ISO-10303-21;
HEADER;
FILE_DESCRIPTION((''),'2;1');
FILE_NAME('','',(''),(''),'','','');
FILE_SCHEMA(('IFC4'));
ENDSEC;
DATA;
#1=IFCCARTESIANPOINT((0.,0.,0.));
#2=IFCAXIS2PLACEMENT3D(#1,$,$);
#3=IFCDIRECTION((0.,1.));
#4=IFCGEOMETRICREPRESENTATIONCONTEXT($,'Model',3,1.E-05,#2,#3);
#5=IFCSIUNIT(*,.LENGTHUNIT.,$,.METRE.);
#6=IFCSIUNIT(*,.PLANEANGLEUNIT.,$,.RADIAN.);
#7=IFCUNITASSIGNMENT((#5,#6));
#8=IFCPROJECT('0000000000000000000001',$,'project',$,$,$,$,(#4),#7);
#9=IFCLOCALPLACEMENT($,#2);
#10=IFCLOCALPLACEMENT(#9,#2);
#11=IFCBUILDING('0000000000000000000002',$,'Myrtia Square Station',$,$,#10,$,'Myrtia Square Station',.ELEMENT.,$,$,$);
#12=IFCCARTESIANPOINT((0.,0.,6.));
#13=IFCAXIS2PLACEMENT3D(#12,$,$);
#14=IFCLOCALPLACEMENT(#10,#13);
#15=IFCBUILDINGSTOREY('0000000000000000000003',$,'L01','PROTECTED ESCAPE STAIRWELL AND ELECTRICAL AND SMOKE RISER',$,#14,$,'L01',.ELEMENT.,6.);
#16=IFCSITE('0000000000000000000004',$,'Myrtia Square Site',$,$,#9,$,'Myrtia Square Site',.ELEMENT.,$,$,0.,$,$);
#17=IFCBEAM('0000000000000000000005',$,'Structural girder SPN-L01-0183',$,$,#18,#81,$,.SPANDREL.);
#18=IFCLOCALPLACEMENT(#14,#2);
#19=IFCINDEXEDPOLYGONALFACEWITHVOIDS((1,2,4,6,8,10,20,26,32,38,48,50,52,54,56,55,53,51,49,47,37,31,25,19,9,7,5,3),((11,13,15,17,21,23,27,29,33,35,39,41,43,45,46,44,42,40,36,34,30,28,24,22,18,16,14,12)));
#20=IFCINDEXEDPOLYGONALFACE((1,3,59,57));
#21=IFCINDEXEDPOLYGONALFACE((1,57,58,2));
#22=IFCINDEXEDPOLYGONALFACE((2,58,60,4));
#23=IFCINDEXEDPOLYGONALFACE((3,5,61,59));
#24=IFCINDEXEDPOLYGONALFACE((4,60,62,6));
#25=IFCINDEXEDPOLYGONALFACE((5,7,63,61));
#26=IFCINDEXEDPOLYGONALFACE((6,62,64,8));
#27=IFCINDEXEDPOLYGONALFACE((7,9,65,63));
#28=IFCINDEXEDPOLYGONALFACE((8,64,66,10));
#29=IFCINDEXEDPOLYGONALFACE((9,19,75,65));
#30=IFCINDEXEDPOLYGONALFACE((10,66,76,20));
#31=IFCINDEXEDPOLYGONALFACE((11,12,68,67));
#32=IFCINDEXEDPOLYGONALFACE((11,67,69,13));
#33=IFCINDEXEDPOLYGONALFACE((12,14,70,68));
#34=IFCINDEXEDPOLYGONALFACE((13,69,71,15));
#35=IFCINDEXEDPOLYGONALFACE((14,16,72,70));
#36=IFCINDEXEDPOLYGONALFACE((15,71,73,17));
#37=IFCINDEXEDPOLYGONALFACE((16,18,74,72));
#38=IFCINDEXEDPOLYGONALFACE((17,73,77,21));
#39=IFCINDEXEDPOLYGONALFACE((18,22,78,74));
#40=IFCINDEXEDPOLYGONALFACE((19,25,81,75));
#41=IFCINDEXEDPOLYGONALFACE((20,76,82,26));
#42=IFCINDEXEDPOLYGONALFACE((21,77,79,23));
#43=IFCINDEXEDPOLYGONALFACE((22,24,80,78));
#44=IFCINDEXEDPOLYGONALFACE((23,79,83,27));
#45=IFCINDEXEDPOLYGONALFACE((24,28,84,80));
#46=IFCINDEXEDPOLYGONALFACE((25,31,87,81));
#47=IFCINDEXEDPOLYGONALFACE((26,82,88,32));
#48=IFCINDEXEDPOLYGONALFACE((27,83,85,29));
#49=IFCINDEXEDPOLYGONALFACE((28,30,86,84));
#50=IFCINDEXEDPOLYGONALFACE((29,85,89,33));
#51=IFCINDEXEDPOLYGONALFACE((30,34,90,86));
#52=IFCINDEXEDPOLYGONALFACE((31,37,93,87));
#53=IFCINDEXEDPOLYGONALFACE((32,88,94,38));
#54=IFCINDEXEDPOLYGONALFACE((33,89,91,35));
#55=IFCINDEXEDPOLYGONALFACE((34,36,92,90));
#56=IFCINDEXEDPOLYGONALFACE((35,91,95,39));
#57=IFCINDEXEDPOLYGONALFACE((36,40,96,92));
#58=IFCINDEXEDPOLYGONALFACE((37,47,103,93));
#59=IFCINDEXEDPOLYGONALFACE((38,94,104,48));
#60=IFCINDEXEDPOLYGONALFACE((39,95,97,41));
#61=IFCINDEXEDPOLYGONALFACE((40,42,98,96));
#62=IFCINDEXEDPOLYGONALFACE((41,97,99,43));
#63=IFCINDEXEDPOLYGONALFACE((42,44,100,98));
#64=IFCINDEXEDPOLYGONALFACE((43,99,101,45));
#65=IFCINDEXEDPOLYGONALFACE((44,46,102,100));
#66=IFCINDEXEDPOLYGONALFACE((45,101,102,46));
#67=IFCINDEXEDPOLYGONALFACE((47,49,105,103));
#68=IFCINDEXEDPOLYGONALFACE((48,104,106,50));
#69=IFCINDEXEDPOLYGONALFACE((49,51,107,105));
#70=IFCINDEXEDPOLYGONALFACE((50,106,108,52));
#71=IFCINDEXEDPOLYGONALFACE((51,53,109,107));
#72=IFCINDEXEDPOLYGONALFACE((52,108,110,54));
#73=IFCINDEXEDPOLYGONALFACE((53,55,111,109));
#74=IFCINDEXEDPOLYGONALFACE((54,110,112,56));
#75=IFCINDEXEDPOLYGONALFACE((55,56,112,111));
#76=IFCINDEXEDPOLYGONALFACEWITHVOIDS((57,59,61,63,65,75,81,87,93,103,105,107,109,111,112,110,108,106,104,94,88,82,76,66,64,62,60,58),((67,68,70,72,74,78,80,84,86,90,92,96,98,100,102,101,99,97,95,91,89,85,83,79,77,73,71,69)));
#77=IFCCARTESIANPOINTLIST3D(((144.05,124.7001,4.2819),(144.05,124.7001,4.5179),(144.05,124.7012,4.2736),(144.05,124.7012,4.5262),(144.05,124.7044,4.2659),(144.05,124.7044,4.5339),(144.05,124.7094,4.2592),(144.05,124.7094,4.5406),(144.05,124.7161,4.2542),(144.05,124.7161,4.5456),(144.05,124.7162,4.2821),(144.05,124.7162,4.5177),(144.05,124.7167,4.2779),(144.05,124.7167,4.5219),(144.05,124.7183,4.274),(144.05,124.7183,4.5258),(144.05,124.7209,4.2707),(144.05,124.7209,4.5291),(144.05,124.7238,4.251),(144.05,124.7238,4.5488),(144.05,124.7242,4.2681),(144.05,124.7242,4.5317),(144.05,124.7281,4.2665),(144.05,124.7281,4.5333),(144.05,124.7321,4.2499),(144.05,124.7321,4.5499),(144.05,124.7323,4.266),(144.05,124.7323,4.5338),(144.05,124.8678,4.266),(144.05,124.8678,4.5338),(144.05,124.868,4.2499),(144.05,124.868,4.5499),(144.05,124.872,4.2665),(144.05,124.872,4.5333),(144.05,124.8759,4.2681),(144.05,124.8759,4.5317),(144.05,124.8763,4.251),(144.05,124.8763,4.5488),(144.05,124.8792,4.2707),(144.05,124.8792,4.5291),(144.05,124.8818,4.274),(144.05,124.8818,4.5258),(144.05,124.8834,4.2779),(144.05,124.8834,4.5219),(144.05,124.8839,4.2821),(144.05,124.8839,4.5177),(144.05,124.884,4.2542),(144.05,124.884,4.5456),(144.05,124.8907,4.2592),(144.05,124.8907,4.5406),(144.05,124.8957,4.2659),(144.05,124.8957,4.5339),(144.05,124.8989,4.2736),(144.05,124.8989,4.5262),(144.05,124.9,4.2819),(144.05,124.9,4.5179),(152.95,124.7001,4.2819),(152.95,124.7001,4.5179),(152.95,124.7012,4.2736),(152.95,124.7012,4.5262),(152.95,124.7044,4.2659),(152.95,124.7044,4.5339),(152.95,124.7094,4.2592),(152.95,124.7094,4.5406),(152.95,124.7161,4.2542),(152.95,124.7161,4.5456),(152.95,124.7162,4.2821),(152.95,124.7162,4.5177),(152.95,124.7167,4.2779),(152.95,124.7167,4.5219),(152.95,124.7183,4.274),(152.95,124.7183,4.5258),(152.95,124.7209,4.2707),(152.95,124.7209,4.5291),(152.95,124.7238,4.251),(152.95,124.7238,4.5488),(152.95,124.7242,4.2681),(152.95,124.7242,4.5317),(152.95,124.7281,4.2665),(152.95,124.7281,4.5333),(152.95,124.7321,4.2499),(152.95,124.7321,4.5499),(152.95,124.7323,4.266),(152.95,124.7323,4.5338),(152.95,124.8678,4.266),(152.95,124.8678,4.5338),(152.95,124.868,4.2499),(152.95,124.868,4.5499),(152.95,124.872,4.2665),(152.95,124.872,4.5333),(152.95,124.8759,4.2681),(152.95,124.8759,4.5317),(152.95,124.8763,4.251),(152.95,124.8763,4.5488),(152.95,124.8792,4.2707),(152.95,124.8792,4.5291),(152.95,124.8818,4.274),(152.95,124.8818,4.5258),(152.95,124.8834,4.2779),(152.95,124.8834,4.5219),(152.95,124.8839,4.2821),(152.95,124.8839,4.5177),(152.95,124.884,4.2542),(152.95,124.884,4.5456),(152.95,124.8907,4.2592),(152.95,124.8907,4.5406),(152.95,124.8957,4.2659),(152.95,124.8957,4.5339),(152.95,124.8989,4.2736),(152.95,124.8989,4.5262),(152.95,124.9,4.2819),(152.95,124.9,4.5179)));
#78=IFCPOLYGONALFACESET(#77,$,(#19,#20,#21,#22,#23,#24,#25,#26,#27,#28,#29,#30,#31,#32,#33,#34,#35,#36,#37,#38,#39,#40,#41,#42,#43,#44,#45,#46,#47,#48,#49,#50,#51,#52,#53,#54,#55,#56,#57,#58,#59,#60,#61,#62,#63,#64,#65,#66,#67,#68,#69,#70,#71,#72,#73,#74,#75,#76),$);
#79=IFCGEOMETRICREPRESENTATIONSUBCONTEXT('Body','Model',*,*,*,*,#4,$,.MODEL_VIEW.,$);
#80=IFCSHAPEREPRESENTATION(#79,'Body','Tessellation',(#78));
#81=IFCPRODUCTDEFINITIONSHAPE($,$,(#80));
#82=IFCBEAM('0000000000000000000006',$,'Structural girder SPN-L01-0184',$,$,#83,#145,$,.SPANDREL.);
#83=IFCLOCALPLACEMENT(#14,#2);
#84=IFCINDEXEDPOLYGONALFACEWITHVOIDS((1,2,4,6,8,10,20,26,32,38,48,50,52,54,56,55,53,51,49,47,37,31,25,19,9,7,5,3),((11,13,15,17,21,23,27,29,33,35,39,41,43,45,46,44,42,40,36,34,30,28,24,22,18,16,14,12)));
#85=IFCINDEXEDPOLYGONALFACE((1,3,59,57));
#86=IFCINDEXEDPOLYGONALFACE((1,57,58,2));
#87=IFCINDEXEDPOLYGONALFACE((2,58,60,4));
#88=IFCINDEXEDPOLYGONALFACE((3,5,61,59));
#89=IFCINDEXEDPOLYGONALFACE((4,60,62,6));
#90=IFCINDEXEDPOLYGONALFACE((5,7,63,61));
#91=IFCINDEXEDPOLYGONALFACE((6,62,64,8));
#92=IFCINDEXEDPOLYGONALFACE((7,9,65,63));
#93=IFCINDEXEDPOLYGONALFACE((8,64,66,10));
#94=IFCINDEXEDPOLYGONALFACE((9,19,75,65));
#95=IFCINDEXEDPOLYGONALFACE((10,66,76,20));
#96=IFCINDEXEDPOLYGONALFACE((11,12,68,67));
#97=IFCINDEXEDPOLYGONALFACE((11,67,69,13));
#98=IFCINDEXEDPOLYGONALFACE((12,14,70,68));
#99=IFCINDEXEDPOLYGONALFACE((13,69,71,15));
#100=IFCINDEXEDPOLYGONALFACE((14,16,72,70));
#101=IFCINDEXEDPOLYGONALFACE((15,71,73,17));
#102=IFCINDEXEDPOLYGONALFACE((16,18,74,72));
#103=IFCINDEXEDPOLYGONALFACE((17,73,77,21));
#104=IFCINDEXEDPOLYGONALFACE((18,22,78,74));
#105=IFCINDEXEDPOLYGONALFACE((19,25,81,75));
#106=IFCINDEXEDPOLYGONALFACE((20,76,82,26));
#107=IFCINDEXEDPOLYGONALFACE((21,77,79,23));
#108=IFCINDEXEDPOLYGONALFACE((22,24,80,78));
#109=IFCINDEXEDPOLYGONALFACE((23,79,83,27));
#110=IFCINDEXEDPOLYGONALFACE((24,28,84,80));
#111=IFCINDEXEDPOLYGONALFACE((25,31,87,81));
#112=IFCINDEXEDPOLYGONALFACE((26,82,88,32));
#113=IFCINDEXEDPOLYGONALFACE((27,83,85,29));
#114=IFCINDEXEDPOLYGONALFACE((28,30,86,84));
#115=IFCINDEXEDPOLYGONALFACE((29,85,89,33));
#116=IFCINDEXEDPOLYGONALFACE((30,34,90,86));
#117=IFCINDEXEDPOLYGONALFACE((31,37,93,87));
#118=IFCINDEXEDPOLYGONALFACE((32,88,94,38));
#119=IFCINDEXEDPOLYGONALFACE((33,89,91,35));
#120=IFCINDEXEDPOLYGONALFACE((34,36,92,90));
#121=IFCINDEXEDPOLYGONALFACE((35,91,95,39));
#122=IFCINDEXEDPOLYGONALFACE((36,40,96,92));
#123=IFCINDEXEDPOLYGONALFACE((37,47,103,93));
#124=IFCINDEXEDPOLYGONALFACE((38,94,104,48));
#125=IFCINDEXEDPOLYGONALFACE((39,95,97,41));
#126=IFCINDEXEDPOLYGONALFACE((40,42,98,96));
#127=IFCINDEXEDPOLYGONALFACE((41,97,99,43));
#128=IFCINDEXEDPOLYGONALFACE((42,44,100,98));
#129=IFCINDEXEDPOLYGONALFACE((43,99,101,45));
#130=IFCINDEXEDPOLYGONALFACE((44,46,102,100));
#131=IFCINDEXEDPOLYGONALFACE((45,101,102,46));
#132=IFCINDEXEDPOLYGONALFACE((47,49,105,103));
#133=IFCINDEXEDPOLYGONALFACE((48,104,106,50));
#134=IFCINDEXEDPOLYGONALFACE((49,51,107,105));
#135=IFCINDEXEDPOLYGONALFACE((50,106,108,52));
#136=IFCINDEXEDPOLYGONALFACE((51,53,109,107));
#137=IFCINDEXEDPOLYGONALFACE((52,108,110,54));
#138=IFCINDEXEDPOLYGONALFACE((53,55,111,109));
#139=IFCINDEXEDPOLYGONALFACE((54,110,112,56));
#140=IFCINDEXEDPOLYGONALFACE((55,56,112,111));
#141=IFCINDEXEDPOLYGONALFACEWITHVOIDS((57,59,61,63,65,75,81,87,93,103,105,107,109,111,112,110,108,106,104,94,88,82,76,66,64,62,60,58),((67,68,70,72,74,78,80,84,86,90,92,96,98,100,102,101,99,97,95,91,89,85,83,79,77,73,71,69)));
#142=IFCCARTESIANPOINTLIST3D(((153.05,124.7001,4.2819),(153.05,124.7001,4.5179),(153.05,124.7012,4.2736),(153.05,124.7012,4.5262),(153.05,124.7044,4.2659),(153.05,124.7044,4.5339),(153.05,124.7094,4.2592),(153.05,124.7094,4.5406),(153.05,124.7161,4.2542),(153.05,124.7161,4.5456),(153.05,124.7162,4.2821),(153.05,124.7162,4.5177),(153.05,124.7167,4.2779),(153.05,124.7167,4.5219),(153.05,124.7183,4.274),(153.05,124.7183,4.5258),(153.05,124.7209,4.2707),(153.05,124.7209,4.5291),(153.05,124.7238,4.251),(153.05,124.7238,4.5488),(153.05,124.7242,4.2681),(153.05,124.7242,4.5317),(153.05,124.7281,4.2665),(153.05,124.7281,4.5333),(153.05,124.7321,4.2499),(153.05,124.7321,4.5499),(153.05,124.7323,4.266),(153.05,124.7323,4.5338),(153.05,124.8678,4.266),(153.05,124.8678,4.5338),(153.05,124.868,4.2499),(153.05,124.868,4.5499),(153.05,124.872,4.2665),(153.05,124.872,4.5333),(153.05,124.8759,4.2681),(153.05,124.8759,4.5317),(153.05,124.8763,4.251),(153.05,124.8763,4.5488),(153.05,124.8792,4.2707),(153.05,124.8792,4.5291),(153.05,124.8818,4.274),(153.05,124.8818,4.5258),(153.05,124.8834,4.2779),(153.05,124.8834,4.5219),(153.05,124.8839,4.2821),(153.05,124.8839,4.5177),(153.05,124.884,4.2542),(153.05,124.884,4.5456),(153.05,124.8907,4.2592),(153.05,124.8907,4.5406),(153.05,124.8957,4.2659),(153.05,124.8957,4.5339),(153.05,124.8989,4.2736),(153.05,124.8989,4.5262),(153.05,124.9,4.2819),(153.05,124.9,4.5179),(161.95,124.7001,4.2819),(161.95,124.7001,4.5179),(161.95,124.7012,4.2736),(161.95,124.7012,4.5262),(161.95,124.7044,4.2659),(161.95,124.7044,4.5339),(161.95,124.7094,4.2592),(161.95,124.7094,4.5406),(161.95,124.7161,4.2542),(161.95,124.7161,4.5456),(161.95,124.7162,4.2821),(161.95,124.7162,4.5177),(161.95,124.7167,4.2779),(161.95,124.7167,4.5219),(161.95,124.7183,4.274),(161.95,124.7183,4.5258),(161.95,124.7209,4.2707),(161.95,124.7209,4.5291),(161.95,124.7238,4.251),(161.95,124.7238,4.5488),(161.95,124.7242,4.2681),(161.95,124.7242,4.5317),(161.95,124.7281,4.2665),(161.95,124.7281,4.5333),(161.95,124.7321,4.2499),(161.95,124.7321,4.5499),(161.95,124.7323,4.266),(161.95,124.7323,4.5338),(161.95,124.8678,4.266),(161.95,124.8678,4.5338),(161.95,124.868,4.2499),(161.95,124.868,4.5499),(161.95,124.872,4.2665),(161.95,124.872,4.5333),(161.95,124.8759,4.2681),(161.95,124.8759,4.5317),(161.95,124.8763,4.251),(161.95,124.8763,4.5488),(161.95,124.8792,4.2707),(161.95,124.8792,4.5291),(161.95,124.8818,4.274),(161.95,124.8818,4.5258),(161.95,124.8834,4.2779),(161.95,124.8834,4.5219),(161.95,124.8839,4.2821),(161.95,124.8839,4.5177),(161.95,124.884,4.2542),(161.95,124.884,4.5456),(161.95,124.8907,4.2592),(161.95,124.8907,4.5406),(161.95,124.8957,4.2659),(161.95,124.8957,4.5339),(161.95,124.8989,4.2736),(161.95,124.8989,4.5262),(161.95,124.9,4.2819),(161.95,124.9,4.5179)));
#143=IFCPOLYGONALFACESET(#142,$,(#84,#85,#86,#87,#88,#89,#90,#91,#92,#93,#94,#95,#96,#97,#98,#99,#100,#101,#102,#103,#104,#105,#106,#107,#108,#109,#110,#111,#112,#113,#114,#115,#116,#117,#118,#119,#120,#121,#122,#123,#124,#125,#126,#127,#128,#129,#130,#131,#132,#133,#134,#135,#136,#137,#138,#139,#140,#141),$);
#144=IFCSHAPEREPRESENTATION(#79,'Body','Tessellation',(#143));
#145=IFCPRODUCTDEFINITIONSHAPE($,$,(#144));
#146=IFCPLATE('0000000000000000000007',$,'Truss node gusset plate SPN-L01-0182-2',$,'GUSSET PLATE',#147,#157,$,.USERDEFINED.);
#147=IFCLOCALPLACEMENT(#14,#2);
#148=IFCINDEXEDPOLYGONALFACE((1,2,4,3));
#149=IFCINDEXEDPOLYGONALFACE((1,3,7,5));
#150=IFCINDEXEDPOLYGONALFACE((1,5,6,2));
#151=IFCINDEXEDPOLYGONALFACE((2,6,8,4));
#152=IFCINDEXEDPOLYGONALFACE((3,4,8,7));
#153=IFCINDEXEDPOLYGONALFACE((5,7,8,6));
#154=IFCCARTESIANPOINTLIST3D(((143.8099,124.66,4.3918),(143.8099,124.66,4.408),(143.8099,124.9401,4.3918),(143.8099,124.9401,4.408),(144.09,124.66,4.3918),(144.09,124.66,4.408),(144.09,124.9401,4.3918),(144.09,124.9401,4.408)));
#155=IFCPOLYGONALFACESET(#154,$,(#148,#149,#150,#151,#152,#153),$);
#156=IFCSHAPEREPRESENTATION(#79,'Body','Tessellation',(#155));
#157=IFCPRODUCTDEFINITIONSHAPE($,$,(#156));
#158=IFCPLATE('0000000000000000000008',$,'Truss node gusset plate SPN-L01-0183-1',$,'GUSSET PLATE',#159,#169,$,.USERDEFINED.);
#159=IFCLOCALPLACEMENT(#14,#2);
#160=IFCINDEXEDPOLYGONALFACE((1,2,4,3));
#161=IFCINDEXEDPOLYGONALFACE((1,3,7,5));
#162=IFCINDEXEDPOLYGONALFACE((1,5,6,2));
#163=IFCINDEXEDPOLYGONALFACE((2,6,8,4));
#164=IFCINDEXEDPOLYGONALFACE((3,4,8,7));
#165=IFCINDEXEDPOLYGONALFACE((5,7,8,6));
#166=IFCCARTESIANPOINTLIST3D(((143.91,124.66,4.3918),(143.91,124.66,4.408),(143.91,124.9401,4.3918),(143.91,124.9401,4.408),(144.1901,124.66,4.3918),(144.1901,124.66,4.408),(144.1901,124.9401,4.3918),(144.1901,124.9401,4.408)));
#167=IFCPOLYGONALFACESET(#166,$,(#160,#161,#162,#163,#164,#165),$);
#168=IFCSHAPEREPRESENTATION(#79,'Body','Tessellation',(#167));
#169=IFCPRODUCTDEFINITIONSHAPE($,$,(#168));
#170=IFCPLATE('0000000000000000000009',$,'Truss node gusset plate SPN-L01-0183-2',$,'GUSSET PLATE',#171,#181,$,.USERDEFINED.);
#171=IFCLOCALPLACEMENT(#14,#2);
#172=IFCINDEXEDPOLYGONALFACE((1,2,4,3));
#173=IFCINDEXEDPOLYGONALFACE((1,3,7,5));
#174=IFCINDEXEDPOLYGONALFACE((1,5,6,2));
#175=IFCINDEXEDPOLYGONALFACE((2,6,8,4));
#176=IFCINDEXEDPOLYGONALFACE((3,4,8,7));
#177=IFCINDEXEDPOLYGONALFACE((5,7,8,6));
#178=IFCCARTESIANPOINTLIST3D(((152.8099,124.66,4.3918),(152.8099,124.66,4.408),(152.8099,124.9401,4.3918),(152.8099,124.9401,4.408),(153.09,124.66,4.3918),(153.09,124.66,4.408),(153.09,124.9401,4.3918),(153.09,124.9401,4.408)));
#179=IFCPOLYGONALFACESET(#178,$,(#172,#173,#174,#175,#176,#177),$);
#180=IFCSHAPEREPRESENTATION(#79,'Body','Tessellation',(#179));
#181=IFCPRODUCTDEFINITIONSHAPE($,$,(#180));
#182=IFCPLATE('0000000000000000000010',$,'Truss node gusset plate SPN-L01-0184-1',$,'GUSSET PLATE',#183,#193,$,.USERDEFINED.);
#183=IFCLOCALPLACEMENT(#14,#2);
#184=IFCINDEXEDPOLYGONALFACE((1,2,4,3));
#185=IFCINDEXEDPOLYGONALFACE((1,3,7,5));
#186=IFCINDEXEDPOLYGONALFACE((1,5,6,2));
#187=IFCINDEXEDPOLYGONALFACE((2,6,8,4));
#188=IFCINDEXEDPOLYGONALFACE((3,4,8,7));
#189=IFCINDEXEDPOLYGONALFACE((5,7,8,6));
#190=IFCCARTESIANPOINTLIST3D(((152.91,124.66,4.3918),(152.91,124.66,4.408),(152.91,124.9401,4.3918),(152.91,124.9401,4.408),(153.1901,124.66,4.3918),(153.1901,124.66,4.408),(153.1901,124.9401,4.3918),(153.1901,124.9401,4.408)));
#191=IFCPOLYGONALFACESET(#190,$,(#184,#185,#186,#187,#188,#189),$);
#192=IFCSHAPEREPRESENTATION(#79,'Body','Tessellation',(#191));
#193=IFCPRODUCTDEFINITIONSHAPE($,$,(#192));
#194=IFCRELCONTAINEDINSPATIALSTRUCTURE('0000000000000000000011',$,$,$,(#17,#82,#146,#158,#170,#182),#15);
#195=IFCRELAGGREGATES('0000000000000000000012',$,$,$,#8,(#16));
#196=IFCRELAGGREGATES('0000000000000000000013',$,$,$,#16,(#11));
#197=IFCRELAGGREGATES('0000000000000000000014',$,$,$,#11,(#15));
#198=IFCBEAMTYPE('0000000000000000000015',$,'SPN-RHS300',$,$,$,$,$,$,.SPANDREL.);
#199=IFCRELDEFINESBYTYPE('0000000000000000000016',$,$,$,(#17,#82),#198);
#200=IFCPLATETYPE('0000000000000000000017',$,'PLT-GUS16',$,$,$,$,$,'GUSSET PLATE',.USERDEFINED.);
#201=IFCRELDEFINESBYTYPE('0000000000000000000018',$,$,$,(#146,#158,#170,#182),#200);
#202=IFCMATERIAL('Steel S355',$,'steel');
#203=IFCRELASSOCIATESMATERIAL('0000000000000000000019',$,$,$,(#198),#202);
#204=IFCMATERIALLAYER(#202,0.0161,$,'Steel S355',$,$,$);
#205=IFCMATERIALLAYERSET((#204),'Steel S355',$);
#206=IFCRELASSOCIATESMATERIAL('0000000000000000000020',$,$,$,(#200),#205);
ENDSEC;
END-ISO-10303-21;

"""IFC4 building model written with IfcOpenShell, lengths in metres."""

from ifc_helpers import new_model, si_unit, direction, frame, origin, origin_2d, place, context, subcontext, project, spatial, rectangle, hollow_rectangle, extrude, material, layer, layer_set, material_profile, profile_set, type_object, element, save


model = new_model("IFC4")

# Units and contexts
model_context = context("Model", 3, precision=1e-05, world=origin(), true_north=direction((0.0, 1.0)))
body_context = subcontext(model_context, "Body", "Model", "MODEL_VIEW")
ifc_project = project(units=[si_unit("LENGTHUNIT", "METRE"), si_unit("PLANEANGLEUNIT", "RADIAN")], contexts=[model_context])

# Site, building, storey
site_placement = place(None, origin())
site = spatial("IfcSite", under=ifc_project, at=site_placement, Name="Myrtia Square Site", LongName="Myrtia Square Site", CompositionType="ELEMENT", RefElevation=0.0)
building_placement = place(site_placement, origin())
building = spatial("IfcBuilding", under=site, at=building_placement, Name="Myrtia Square Station", LongName="Myrtia Square Station", CompositionType="ELEMENT")
storey_placement = place(building_placement, frame((0.0, 0.0, 6.0)))
storey = spatial("IfcBuildingStorey", under=building, at=storey_placement, Name="L01", Description="PROTECTED ESCAPE STAIRWELL AND ELECTRICAL AND SMOKE RISER", LongName="L01", CompositionType="ELEMENT", Elevation=6.0)

# Shared definitions
ifc_material_1 = material(Name="Steel S355", Category="steel")

# Beams
ifc_material_profile_1 = material_profile(ifc_material_1, hollow_rectangle(XDim=0.2, YDim=0.3, WallThickness=0.0161, InnerFilletRadius=0.0161, OuterFilletRadius=0.032, at=origin_2d()), Name="RHS 300x200x16")
ifc_profile_set_1 = profile_set([ifc_material_profile_1], Name="Steel S355")
beam_type_1 = type_object("IfcBeamType", Name="SPN-RHS300", PredefinedType="SPANDREL", material=ifc_profile_set_1)
for number, where, z_axis, x_axis, name in (
    (1, (144.05, 124.8, 4.3999), (1.0, 0.0, 0.0), (0.0, 1.0, 0.0), "Structural girder SPN-L01-0183"),
    (2, (153.05, 124.8, 4.3999), (1.0, 0.0, 0.0), (0.0, 1.0, 0.0), "Structural girder SPN-L01-0184"),
):
    element("IfcBeam", number, at=place(storey_placement, frame(where, z_axis=z_axis, x_axis=x_axis)), inside=storey, type_object=beam_type_1, Name=name, PredefinedType="SPANDREL", context=body_context, shape_type="SweptSolid", body=[
        extrude(hollow_rectangle(XDim=0.2, YDim=0.3, WallThickness=0.0161, InnerFilletRadius=0.0161, OuterFilletRadius=0.032, at=origin_2d()), origin(), (0.0, 0.0, 1.0), 8.8999),
    ])

# Plates
ifc_layer_1 = layer(ifc_material_1, 0.0161, Name="Steel S355")
ifc_layer_set_1 = layer_set([ifc_layer_1], Name="Steel S355")
plate_type = type_object("IfcPlateType", Name="PLT-GUS16", ElementType="GUSSET PLATE", PredefinedType="USERDEFINED", material=ifc_layer_set_1)
for number, where, z_axis, x_axis, name in (
    (3, (143.95, 124.8, 4.3918), (0.0, 0.0, 1.0), (1.0, 0.0, 0.0), "Truss node gusset plate SPN-L01-0182-2"),
    (4, (144.05, 124.8, 4.3918), (0.0, 0.0, 1.0), (1.0, 0.0, 0.0), "Truss node gusset plate SPN-L01-0183-1"),
    (5, (152.95, 124.8, 4.3918), (0.0, 0.0, 1.0), (1.0, 0.0, 0.0), "Truss node gusset plate SPN-L01-0183-2"),
    (6, (153.05, 124.8, 4.3918), (0.0, 0.0, 1.0), (1.0, 0.0, 0.0), "Truss node gusset plate SPN-L01-0184-1"),
):
    element("IfcPlate", number, at=place(storey_placement, frame(where, z_axis=z_axis, x_axis=x_axis)), inside=storey, type_object=plate_type, Name=name, ObjectType="GUSSET PLATE", PredefinedType="USERDEFINED", context=body_context, shape_type="SweptSolid", body=[
        extrude(rectangle(XDim=0.28, YDim=0.28, at=origin_2d()), origin(), (0.0, 0.0, 1.0), 0.0161),
    ])

save(model, "model.ifc")
